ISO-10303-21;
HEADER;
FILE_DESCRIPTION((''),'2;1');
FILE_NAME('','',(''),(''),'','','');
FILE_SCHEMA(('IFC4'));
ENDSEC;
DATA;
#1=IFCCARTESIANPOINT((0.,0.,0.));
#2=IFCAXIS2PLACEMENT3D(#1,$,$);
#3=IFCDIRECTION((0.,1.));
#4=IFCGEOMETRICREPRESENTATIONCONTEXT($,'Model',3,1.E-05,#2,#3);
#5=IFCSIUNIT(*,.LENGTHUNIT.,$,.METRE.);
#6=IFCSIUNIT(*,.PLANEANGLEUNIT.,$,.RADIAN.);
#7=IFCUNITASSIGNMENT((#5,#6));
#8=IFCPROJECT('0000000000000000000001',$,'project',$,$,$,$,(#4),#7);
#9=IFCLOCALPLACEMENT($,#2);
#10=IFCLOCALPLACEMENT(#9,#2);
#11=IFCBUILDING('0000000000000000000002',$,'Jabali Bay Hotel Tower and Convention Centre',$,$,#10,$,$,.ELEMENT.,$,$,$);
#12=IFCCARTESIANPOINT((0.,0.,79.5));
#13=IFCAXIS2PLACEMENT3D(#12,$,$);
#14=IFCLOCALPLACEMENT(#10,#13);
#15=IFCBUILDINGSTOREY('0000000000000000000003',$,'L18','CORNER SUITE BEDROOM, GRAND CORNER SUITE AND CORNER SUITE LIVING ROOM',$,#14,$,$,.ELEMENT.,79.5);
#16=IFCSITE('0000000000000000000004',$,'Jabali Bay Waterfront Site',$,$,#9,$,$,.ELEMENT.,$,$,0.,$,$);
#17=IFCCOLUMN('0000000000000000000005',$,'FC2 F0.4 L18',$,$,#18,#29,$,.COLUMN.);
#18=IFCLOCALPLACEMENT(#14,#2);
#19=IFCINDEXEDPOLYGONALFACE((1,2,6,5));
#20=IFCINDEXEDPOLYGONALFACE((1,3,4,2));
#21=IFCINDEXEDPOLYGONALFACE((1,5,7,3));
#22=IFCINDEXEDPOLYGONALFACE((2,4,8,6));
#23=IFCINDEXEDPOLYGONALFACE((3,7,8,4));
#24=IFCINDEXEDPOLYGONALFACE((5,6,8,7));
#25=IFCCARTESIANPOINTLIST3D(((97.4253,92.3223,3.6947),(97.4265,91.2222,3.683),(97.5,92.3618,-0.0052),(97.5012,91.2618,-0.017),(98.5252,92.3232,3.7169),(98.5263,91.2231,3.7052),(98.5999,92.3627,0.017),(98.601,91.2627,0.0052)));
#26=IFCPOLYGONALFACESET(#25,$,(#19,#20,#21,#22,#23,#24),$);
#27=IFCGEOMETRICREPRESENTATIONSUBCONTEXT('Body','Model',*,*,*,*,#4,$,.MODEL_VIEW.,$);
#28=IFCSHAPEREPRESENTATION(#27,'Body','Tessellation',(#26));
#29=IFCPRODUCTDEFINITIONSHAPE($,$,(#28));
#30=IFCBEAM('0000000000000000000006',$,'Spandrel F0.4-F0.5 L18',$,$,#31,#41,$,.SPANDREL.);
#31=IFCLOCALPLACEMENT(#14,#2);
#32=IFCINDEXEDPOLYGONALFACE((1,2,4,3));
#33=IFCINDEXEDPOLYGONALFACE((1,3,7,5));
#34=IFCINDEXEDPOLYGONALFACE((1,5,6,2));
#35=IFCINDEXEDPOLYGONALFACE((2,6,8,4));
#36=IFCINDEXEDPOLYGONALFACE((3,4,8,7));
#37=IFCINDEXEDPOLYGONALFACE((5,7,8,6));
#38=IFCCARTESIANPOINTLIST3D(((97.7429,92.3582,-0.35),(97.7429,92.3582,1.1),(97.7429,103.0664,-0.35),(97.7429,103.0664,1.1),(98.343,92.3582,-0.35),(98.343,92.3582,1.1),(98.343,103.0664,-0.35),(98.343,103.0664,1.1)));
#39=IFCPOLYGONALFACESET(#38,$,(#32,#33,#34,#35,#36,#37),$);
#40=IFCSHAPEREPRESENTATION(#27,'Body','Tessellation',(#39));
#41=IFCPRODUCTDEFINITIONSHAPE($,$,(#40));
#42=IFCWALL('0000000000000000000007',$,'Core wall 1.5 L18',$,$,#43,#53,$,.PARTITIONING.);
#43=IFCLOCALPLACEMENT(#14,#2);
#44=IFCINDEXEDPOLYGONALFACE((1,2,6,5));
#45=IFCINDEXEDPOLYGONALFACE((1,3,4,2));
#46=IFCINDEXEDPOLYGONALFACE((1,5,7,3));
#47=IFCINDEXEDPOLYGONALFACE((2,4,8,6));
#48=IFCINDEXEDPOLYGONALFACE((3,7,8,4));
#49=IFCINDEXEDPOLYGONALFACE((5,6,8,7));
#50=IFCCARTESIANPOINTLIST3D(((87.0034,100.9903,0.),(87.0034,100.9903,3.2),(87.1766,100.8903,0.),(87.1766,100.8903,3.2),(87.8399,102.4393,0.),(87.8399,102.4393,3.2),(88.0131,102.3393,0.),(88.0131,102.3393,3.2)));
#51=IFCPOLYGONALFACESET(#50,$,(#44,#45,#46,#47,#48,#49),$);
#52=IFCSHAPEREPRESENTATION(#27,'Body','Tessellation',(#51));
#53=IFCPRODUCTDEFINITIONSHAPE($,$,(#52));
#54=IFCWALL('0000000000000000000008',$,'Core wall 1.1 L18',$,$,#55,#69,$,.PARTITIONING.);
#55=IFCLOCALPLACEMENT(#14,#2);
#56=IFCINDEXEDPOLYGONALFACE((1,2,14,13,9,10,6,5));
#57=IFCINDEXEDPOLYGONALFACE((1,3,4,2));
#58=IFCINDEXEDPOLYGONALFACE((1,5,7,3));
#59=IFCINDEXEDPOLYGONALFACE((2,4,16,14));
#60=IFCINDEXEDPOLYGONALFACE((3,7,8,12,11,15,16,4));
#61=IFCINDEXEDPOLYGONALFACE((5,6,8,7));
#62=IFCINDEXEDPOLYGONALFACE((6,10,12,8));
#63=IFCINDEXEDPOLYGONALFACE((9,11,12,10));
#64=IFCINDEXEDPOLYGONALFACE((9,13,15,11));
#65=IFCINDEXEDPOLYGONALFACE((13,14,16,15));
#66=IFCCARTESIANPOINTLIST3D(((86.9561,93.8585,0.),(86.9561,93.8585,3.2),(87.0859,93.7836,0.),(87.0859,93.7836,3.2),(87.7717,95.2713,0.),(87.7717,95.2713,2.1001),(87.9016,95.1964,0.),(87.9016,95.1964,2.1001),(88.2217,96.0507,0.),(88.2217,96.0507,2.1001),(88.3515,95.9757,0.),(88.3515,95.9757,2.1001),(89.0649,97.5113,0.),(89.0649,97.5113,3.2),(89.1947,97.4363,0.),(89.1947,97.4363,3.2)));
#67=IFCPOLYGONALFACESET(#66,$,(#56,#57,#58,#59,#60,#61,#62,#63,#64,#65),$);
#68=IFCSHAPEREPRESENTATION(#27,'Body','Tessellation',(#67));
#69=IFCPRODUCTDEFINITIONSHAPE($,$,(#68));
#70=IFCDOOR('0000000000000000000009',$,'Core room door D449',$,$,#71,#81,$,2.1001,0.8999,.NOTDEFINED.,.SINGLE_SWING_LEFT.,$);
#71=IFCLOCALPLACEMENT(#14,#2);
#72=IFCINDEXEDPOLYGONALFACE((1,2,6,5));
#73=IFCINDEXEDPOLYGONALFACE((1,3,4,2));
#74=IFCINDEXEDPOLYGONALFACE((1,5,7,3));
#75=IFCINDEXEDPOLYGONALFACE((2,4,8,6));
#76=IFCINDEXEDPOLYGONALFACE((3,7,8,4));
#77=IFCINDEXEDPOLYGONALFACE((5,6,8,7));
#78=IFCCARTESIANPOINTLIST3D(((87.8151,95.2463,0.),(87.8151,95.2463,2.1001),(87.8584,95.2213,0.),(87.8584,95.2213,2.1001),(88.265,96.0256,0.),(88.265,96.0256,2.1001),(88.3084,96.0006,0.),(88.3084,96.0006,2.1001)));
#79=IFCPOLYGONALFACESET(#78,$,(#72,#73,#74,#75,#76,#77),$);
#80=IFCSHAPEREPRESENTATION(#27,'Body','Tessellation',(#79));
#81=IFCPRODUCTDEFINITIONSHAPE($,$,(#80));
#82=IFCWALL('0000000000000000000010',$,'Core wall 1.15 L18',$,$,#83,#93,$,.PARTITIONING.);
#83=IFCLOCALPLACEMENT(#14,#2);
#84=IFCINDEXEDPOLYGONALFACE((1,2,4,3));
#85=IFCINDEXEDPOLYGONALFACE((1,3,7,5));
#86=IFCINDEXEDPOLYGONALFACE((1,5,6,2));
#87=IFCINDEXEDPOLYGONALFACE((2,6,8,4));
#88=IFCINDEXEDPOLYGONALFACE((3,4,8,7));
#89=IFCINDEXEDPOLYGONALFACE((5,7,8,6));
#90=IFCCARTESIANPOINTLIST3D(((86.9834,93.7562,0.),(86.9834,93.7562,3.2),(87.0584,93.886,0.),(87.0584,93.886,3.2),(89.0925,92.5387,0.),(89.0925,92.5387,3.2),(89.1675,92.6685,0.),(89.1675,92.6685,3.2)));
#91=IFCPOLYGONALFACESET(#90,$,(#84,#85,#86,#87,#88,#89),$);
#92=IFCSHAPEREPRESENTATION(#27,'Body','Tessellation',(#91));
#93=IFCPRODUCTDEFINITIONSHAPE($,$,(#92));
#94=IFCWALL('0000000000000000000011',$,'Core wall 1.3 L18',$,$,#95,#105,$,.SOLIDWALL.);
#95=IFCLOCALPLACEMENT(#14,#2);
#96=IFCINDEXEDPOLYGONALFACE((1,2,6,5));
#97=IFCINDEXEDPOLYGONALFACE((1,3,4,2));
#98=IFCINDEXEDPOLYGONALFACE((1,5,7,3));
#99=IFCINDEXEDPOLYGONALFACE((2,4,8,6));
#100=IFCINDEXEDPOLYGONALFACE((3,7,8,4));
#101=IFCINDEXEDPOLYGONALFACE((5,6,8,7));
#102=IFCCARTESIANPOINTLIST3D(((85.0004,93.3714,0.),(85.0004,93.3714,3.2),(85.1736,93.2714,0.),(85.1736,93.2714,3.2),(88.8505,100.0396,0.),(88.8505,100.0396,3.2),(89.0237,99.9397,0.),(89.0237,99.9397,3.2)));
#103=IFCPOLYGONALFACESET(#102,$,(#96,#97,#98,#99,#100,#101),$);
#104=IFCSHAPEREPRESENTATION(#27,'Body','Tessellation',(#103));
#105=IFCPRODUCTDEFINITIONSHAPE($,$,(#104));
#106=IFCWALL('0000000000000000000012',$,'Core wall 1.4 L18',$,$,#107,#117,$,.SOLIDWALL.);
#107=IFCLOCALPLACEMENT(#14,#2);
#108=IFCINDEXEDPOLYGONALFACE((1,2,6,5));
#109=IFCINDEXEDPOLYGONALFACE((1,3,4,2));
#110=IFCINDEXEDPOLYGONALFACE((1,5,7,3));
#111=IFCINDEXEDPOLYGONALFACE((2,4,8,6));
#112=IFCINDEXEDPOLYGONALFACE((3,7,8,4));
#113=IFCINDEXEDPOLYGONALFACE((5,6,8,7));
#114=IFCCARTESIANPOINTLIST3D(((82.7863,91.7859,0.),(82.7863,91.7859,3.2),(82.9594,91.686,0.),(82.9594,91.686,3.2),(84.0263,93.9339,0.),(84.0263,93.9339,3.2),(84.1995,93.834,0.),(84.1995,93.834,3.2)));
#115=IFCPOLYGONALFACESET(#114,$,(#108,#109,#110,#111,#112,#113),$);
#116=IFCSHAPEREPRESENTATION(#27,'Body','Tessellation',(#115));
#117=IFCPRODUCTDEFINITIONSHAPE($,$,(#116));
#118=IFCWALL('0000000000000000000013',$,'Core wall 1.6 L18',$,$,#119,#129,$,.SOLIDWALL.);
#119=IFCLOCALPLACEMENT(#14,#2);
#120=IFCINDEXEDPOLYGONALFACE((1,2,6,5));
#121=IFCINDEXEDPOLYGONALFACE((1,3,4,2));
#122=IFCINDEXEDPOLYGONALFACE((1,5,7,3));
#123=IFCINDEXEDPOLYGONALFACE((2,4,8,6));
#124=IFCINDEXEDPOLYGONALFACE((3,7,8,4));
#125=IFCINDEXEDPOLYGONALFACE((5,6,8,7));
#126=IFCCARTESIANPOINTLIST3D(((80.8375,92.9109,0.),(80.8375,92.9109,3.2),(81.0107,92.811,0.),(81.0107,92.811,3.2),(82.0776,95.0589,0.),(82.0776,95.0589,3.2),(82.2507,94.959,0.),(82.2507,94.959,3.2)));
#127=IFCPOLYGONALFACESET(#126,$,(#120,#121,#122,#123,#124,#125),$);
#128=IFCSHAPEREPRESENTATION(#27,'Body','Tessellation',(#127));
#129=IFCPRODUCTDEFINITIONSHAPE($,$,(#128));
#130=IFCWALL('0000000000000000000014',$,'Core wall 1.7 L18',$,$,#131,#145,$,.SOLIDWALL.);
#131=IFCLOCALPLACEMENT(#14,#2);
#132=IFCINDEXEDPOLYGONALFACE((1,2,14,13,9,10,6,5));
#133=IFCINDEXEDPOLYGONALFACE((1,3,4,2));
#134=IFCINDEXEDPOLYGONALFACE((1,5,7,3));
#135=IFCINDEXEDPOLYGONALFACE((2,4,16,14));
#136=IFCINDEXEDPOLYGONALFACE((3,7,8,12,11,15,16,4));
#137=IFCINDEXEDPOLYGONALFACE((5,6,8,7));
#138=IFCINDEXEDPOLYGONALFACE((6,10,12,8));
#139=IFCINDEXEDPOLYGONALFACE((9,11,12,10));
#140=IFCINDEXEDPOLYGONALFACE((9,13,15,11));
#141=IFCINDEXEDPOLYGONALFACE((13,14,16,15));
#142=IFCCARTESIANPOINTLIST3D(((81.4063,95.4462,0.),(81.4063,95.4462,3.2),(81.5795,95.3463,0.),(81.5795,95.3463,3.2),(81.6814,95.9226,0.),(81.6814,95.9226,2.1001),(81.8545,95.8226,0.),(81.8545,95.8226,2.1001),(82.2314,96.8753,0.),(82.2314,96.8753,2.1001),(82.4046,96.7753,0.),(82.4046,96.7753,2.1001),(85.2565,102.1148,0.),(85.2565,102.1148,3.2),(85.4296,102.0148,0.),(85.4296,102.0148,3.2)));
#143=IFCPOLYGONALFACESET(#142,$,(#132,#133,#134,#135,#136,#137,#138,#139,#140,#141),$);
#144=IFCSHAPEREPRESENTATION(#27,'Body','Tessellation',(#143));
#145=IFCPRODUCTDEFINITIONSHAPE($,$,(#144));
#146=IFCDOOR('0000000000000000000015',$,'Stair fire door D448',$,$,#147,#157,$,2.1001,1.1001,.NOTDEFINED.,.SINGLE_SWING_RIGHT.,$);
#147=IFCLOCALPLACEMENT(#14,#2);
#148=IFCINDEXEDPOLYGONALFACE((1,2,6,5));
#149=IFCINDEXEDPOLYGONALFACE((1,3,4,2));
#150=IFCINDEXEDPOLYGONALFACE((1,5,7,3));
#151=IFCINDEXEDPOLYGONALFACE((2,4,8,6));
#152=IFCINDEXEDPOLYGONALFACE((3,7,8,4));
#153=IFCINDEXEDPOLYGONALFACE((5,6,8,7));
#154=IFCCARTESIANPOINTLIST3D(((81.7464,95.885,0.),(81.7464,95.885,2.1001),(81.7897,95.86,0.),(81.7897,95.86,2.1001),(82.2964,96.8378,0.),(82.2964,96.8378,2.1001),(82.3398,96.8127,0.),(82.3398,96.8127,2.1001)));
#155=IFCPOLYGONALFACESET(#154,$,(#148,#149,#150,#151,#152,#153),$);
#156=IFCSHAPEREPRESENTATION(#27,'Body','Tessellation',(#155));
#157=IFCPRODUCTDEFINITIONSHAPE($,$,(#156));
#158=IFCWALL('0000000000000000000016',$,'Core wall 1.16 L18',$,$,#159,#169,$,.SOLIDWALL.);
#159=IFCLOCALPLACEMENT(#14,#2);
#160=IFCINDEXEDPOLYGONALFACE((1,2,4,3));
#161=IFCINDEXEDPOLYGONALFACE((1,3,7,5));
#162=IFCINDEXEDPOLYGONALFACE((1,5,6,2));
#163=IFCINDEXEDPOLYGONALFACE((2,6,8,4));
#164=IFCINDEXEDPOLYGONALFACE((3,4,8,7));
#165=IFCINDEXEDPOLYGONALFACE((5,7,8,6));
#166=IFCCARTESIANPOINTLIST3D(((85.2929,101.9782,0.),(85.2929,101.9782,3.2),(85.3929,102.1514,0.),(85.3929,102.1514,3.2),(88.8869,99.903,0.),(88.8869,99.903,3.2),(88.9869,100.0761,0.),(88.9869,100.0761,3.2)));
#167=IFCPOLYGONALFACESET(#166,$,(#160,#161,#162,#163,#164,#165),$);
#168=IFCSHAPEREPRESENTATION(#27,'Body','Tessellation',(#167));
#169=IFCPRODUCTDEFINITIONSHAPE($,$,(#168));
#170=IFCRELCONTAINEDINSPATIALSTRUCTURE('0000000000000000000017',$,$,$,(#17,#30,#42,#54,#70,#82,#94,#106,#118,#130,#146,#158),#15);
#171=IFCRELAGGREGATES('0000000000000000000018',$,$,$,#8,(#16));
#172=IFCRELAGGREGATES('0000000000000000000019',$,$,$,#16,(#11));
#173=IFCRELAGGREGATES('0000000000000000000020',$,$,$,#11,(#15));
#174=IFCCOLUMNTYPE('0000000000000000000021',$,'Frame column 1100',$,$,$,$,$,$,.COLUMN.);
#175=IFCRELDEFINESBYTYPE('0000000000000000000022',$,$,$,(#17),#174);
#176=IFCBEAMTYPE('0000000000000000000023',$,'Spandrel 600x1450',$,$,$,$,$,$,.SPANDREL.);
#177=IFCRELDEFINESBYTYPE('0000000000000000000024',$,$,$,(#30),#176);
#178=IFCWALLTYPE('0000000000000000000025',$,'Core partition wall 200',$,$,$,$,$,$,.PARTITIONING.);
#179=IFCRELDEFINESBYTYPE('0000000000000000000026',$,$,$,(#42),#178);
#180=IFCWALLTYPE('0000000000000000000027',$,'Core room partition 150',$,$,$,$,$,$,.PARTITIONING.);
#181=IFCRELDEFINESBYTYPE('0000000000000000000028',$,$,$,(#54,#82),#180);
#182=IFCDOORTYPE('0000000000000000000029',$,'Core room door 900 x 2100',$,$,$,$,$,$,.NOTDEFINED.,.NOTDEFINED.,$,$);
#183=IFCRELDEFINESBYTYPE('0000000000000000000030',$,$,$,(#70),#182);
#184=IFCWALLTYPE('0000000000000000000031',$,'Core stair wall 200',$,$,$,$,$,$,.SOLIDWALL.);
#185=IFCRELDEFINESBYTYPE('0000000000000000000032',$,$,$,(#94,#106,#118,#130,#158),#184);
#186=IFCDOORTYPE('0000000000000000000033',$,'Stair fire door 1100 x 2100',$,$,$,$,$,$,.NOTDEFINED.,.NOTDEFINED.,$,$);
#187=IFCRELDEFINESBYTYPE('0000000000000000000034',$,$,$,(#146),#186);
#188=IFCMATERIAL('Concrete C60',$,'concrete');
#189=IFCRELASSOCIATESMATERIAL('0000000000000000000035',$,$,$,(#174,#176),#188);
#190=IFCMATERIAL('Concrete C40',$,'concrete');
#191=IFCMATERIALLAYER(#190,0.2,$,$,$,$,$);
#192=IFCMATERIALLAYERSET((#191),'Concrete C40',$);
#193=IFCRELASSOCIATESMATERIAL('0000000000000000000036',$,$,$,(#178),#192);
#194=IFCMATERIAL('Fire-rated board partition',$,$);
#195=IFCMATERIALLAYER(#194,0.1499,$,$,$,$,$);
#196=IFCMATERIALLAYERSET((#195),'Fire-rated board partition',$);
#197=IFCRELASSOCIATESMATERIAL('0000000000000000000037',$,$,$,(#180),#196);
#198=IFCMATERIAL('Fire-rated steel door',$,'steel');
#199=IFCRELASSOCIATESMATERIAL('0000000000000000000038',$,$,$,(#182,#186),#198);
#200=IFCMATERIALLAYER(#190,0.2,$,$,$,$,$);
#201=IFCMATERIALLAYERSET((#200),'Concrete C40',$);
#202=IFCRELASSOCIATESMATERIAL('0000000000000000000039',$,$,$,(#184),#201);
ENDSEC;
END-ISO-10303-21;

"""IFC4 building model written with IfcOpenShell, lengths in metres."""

from ifc_helpers import new_model, si_unit, direction, frame, frame_2d, origin, origin_2d, place, context, subcontext, project, spatial, rectangle, extrude, material, layer, layer_set, material_profile, profile_set, type_object, element, fill, save


model = new_model("IFC4")

# Units and contexts
model_context = context("Model", 3, precision=1e-05, world=origin(), true_north=direction((0.0, 1.0)))
body_context = subcontext(model_context, "Body", "Model", "MODEL_VIEW")
ifc_project = project(units=[si_unit("LENGTHUNIT", "METRE"), si_unit("PLANEANGLEUNIT", "RADIAN")], contexts=[model_context])

# Site, building, storey
site_placement = place(None, origin())
site = spatial("IfcSite", under=ifc_project, at=site_placement, Name="Jabali Bay Waterfront Site", CompositionType="ELEMENT", RefElevation=0.0)
building_placement = place(site_placement, origin())
building = spatial("IfcBuilding", under=site, at=building_placement, Name="Jabali Bay Hotel Tower and Convention Centre", CompositionType="ELEMENT")
storey_placement = place(building_placement, frame((0.0, 0.0, 79.5)))
storey = spatial("IfcBuildingStorey", under=building, at=storey_placement, Name="L18", Description="CORNER SUITE BEDROOM, GRAND CORNER SUITE AND CORNER SUITE LIVING ROOM", CompositionType="ELEMENT", Elevation=79.5)

# Column
ifc_material_1 = material(Name="Concrete C60", Category="concrete")
ifc_material_profile_1 = material_profile(ifc_material_1, rectangle(XDim=1.1001, YDim=1.1001, at=origin_2d()), Name="Frame column 1100")
ifc_profile_set_1 = profile_set([ifc_material_profile_1], Name="Concrete C60")
column_type = type_object("IfcColumnType", Name="Frame column 1100", PredefinedType="COLUMN", material=ifc_profile_set_1)
column_placement = place(storey_placement, frame((98.0505, 91.8123, 0.0), z_axis=(-0.020186, -0.010687, 0.999739), x_axis=(0.999796, 0.000797, 0.020196)))
element("IfcColumn", 1, at=column_placement, inside=storey, type_object=column_type, Name="FC2 F0.4 L18", PredefinedType="COLUMN", context=body_context, shape_type="SweptSolid", body=[
    extrude(rectangle(XDim=1.1001, YDim=1.1001, at=origin_2d()), origin(), (0.0, 0.0, 1.0), 3.7009),
])

# Beam
ifc_material_profile_2 = material_profile(ifc_material_1, rectangle(XDim=0.6001, YDim=1.45, at=origin_2d()), Name="Spandrel 600x1450")
ifc_profile_set_2 = profile_set([ifc_material_profile_2], Name="Concrete C60")
beam_type = type_object("IfcBeamType", Name="Spandrel 600x1450", PredefinedType="SPANDREL", material=ifc_profile_set_2)
beam_placement = place(storey_placement, frame((98.043, 92.3582, 0.375), z_axis=(0.0, 1.0, 0.0), x_axis=(-1.0, 0.0, 0.0)))
element("IfcBeam", 2, at=beam_placement, inside=storey, type_object=beam_type, Name="Spandrel F0.4-F0.5 L18", PredefinedType="SPANDREL", context=body_context, shape_type="SweptSolid", body=[
    extrude(rectangle(XDim=0.6001, YDim=1.45, at=origin_2d()), origin(), (0.0, 0.0, 1.0), 10.7083),
])

# Wall
ifc_material_2 = material(Name="Concrete C40", Category="concrete")
ifc_layer_1 = layer(ifc_material_2, 0.2)
ifc_layer_set_1 = layer_set([ifc_layer_1], Name="Concrete C40")
wall_type_1 = type_object("IfcWallType", Name="Core partition wall 200", PredefinedType="PARTITIONING", material=ifc_layer_set_1)
wall_1_placement = place(storey_placement, frame((87.0901, 100.9404, 0.0), z_axis=(0.0, 0.0, 1.0), x_axis=(0.499937, 0.866062, 0.0)))
element("IfcWall", 3, at=wall_1_placement, inside=storey, type_object=wall_type_1, Name="Core wall 1.5 L18", PredefinedType="PARTITIONING", context=body_context, shape_type="SweptSolid", body=[
    extrude(rectangle(XDim=1.6731, YDim=0.2, at=frame_2d((0.8364, 0.0))), origin(), (0.0, 0.0, 1.0), 3.2),
])

# Wall, opening, door
ifc_material_3 = material(Name="Fire-rated board partition")
ifc_layer_2 = layer(ifc_material_3, 0.1499)
ifc_layer_set_2 = layer_set([ifc_layer_2], Name="Fire-rated board partition")
wall_type_2 = type_object("IfcWallType", Name="Core room partition 150", PredefinedType="PARTITIONING", material=ifc_layer_set_2)
wall_2_placement = place(storey_placement, frame((87.021, 93.821, 0.0), z_axis=(0.0, 0.0, 1.0), x_axis=(0.499986, 0.866033, 0.0)))
wall_2 = element("IfcWall", 4, at=wall_2_placement, inside=storey, type_object=wall_type_2, Name="Core wall 1.1 L18", PredefinedType="PARTITIONING", context=body_context, shape_type="SweptSolid", body=[
    extrude(rectangle(XDim=4.2178, YDim=0.1499, at=frame_2d((2.1089, 0.0))), origin(), (0.0, 0.0, 1.0), 3.2),
])
opening_1_placement = place(wall_2_placement, frame((1.6313, 0.0, 0.0)))
opening_1 = element("IfcOpeningElement", 5, at=opening_1_placement, cuts=wall_2, PredefinedType="OPENING", context=body_context, shape_type="SweptSolid", body=[
    extrude(rectangle(XDim=0.8999, YDim=2.1001, at=frame_2d((0.45, 1.05))), frame((0.0, 0.0854, 0.0), z_axis=(0.0, -1.0, 0.0), x_axis=(1.0, 0.0, 0.0)), (0.0, 0.0, 1.0), 0.1709),
])
ifc_material_4 = material(Name="Fire-rated steel door", Category="steel")
door_type_1 = type_object("IfcDoorType", Name="Core room door 900 x 2100", OperationType="NOTDEFINED", PredefinedType="NOTDEFINED", material=ifc_material_4)
door_1_placement = place(opening_1_placement, origin())
door_1 = element("IfcDoor", 6, at=door_1_placement, inside=storey, type_object=door_type_1, Name="Core room door D449", OperationType="SINGLE_SWING_LEFT", OverallHeight=2.1001, OverallWidth=0.8999, PredefinedType="NOTDEFINED", context=body_context, shape_type="SweptSolid", body=[
    extrude(rectangle(XDim=0.8999, YDim=2.1001, at=frame_2d((0.45, 1.05))), frame((0.0, 0.0249, 0.0), z_axis=(0.0, -1.0, 0.0), x_axis=(1.0, 0.0, 0.0)), (0.0, 0.0, 1.0), 0.05),
])
fill(opening_1, door_1)

# Walls
wall_3_placement = place(storey_placement, frame((89.1301, 92.6035, 0.0), z_axis=(0.0, 0.0, 1.0), x_axis=(-0.866057, 0.499945, 0.0)))
element("IfcWall", 7, at=wall_3_placement, inside=storey, type_object=wall_type_2, Name="Core wall 1.15 L18", PredefinedType="PARTITIONING", context=body_context, shape_type="SweptSolid", body=[
    extrude(rectangle(XDim=2.4353, YDim=0.1499, at=frame_2d((1.2178, 0.0))), origin(), (0.0, 0.0, 1.0), 3.2),
])
ifc_layer_3 = layer(ifc_material_2, 0.2)
ifc_layer_set_3 = layer_set([ifc_layer_3], Name="Concrete C40")
wall_type_3 = type_object("IfcWallType", Name="Core stair wall 200", PredefinedType="SOLIDWALL", material=ifc_layer_set_3)
wall_4_placement = place(storey_placement, frame((85.0869, 93.3213, 0.0), z_axis=(0.0, 0.0, 1.0), x_axis=(0.50002, 0.866014, 0.0)))
element("IfcWall", 8, at=wall_4_placement, inside=storey, type_object=wall_type_3, Name="Core wall 1.3 L18", PredefinedType="SOLIDWALL", context=body_context, shape_type="SweptSolid", body=[
    extrude(rectangle(XDim=7.7, YDim=0.2, at=frame_2d((3.8501, 0.0))), origin(), (0.0, 0.0, 1.0), 3.2),
])
for number, where, z_axis, x_axis, name in (
    (9, (82.8728, 91.7358, 0.0), (0.0, 0.0, 1.0), (0.499961, 0.866048, 0.0), "Core wall 1.4 L18"),
    (10, (80.9241, 92.8608, 0.0), (0.0, 0.0, 1.0), (0.499961, 0.866048, 0.0), "Core wall 1.6 L18"),
):
    element("IfcWall", number, at=place(storey_placement, frame(where, z_axis=z_axis, x_axis=x_axis)), inside=storey, type_object=wall_type_3, Name=name, PredefinedType="SOLIDWALL", context=body_context, shape_type="SweptSolid", body=[
        extrude(rectangle(XDim=2.4802, YDim=0.2, at=frame_2d((1.2402, 0.0))), origin(), (0.0, 0.0, 1.0), 3.2),
    ])

# Wall, opening, door
wall_5_placement = place(storey_placement, frame((81.4929, 95.3962, 0.0), z_axis=(0.0, 0.0, 1.0), x_axis=(0.500006, 0.866022, 0.0)))
wall_5 = element("IfcWall", 11, at=wall_5_placement, inside=storey, type_object=wall_type_3, Name="Core wall 1.7 L18", PredefinedType="SOLIDWALL", context=body_context, shape_type="SweptSolid", body=[
    extrude(rectangle(XDim=7.7002, YDim=0.2, at=frame_2d((3.8501, 0.0))), origin(), (0.0, 0.0, 1.0), 3.2),
])
opening_2_placement = place(wall_5_placement, frame((0.55, 0.0, 0.0)))
opening_2 = element("IfcOpeningElement", 12, at=opening_2_placement, cuts=wall_5, PredefinedType="OPENING", context=body_context, shape_type="SweptSolid", body=[
    extrude(rectangle(XDim=1.1001, YDim=2.1001, at=frame_2d((0.55, 1.05))), frame((0.0, 0.1104, 0.0), z_axis=(0.0, -1.0, 0.0), x_axis=(1.0, 0.0, 0.0)), (0.0, 0.0, 1.0), 0.2209),
])
door_type_2 = type_object("IfcDoorType", Name="Stair fire door 1100 x 2100", OperationType="NOTDEFINED", PredefinedType="NOTDEFINED", material=ifc_material_4)
door_2_placement = place(opening_2_placement, origin())
door_2 = element("IfcDoor", 13, at=door_2_placement, inside=storey, type_object=door_type_2, Name="Stair fire door D448", OperationType="SINGLE_SWING_RIGHT", OverallHeight=2.1001, OverallWidth=1.1001, PredefinedType="NOTDEFINED", context=body_context, shape_type="SweptSolid", body=[
    extrude(rectangle(XDim=1.1001, YDim=2.1001, at=frame_2d((0.55, 1.05))), frame((0.0, 0.0249, 0.0), z_axis=(0.0, -1.0, 0.0), x_axis=(1.0, 0.0, 0.0)), (0.0, 0.0, 1.0), 0.05),
])
fill(opening_2, door_2)

# Wall
wall_6_placement = place(storey_placement, frame((88.937, 99.9895, 0.0), z_axis=(0.0, 0.0, 1.0), x_axis=(-0.866004, 0.500036, 0.0)))
element("IfcWall", 14, at=wall_6_placement, inside=storey, type_object=wall_type_3, Name="Core wall 1.16 L18", PredefinedType="SOLIDWALL", context=body_context, shape_type="SweptSolid", body=[
    extrude(rectangle(XDim=4.1501, YDim=0.2, at=frame_2d((2.0752, 0.0))), origin(), (0.0, 0.0, 1.0), 3.2),
])

save(model, "model.ifc")
